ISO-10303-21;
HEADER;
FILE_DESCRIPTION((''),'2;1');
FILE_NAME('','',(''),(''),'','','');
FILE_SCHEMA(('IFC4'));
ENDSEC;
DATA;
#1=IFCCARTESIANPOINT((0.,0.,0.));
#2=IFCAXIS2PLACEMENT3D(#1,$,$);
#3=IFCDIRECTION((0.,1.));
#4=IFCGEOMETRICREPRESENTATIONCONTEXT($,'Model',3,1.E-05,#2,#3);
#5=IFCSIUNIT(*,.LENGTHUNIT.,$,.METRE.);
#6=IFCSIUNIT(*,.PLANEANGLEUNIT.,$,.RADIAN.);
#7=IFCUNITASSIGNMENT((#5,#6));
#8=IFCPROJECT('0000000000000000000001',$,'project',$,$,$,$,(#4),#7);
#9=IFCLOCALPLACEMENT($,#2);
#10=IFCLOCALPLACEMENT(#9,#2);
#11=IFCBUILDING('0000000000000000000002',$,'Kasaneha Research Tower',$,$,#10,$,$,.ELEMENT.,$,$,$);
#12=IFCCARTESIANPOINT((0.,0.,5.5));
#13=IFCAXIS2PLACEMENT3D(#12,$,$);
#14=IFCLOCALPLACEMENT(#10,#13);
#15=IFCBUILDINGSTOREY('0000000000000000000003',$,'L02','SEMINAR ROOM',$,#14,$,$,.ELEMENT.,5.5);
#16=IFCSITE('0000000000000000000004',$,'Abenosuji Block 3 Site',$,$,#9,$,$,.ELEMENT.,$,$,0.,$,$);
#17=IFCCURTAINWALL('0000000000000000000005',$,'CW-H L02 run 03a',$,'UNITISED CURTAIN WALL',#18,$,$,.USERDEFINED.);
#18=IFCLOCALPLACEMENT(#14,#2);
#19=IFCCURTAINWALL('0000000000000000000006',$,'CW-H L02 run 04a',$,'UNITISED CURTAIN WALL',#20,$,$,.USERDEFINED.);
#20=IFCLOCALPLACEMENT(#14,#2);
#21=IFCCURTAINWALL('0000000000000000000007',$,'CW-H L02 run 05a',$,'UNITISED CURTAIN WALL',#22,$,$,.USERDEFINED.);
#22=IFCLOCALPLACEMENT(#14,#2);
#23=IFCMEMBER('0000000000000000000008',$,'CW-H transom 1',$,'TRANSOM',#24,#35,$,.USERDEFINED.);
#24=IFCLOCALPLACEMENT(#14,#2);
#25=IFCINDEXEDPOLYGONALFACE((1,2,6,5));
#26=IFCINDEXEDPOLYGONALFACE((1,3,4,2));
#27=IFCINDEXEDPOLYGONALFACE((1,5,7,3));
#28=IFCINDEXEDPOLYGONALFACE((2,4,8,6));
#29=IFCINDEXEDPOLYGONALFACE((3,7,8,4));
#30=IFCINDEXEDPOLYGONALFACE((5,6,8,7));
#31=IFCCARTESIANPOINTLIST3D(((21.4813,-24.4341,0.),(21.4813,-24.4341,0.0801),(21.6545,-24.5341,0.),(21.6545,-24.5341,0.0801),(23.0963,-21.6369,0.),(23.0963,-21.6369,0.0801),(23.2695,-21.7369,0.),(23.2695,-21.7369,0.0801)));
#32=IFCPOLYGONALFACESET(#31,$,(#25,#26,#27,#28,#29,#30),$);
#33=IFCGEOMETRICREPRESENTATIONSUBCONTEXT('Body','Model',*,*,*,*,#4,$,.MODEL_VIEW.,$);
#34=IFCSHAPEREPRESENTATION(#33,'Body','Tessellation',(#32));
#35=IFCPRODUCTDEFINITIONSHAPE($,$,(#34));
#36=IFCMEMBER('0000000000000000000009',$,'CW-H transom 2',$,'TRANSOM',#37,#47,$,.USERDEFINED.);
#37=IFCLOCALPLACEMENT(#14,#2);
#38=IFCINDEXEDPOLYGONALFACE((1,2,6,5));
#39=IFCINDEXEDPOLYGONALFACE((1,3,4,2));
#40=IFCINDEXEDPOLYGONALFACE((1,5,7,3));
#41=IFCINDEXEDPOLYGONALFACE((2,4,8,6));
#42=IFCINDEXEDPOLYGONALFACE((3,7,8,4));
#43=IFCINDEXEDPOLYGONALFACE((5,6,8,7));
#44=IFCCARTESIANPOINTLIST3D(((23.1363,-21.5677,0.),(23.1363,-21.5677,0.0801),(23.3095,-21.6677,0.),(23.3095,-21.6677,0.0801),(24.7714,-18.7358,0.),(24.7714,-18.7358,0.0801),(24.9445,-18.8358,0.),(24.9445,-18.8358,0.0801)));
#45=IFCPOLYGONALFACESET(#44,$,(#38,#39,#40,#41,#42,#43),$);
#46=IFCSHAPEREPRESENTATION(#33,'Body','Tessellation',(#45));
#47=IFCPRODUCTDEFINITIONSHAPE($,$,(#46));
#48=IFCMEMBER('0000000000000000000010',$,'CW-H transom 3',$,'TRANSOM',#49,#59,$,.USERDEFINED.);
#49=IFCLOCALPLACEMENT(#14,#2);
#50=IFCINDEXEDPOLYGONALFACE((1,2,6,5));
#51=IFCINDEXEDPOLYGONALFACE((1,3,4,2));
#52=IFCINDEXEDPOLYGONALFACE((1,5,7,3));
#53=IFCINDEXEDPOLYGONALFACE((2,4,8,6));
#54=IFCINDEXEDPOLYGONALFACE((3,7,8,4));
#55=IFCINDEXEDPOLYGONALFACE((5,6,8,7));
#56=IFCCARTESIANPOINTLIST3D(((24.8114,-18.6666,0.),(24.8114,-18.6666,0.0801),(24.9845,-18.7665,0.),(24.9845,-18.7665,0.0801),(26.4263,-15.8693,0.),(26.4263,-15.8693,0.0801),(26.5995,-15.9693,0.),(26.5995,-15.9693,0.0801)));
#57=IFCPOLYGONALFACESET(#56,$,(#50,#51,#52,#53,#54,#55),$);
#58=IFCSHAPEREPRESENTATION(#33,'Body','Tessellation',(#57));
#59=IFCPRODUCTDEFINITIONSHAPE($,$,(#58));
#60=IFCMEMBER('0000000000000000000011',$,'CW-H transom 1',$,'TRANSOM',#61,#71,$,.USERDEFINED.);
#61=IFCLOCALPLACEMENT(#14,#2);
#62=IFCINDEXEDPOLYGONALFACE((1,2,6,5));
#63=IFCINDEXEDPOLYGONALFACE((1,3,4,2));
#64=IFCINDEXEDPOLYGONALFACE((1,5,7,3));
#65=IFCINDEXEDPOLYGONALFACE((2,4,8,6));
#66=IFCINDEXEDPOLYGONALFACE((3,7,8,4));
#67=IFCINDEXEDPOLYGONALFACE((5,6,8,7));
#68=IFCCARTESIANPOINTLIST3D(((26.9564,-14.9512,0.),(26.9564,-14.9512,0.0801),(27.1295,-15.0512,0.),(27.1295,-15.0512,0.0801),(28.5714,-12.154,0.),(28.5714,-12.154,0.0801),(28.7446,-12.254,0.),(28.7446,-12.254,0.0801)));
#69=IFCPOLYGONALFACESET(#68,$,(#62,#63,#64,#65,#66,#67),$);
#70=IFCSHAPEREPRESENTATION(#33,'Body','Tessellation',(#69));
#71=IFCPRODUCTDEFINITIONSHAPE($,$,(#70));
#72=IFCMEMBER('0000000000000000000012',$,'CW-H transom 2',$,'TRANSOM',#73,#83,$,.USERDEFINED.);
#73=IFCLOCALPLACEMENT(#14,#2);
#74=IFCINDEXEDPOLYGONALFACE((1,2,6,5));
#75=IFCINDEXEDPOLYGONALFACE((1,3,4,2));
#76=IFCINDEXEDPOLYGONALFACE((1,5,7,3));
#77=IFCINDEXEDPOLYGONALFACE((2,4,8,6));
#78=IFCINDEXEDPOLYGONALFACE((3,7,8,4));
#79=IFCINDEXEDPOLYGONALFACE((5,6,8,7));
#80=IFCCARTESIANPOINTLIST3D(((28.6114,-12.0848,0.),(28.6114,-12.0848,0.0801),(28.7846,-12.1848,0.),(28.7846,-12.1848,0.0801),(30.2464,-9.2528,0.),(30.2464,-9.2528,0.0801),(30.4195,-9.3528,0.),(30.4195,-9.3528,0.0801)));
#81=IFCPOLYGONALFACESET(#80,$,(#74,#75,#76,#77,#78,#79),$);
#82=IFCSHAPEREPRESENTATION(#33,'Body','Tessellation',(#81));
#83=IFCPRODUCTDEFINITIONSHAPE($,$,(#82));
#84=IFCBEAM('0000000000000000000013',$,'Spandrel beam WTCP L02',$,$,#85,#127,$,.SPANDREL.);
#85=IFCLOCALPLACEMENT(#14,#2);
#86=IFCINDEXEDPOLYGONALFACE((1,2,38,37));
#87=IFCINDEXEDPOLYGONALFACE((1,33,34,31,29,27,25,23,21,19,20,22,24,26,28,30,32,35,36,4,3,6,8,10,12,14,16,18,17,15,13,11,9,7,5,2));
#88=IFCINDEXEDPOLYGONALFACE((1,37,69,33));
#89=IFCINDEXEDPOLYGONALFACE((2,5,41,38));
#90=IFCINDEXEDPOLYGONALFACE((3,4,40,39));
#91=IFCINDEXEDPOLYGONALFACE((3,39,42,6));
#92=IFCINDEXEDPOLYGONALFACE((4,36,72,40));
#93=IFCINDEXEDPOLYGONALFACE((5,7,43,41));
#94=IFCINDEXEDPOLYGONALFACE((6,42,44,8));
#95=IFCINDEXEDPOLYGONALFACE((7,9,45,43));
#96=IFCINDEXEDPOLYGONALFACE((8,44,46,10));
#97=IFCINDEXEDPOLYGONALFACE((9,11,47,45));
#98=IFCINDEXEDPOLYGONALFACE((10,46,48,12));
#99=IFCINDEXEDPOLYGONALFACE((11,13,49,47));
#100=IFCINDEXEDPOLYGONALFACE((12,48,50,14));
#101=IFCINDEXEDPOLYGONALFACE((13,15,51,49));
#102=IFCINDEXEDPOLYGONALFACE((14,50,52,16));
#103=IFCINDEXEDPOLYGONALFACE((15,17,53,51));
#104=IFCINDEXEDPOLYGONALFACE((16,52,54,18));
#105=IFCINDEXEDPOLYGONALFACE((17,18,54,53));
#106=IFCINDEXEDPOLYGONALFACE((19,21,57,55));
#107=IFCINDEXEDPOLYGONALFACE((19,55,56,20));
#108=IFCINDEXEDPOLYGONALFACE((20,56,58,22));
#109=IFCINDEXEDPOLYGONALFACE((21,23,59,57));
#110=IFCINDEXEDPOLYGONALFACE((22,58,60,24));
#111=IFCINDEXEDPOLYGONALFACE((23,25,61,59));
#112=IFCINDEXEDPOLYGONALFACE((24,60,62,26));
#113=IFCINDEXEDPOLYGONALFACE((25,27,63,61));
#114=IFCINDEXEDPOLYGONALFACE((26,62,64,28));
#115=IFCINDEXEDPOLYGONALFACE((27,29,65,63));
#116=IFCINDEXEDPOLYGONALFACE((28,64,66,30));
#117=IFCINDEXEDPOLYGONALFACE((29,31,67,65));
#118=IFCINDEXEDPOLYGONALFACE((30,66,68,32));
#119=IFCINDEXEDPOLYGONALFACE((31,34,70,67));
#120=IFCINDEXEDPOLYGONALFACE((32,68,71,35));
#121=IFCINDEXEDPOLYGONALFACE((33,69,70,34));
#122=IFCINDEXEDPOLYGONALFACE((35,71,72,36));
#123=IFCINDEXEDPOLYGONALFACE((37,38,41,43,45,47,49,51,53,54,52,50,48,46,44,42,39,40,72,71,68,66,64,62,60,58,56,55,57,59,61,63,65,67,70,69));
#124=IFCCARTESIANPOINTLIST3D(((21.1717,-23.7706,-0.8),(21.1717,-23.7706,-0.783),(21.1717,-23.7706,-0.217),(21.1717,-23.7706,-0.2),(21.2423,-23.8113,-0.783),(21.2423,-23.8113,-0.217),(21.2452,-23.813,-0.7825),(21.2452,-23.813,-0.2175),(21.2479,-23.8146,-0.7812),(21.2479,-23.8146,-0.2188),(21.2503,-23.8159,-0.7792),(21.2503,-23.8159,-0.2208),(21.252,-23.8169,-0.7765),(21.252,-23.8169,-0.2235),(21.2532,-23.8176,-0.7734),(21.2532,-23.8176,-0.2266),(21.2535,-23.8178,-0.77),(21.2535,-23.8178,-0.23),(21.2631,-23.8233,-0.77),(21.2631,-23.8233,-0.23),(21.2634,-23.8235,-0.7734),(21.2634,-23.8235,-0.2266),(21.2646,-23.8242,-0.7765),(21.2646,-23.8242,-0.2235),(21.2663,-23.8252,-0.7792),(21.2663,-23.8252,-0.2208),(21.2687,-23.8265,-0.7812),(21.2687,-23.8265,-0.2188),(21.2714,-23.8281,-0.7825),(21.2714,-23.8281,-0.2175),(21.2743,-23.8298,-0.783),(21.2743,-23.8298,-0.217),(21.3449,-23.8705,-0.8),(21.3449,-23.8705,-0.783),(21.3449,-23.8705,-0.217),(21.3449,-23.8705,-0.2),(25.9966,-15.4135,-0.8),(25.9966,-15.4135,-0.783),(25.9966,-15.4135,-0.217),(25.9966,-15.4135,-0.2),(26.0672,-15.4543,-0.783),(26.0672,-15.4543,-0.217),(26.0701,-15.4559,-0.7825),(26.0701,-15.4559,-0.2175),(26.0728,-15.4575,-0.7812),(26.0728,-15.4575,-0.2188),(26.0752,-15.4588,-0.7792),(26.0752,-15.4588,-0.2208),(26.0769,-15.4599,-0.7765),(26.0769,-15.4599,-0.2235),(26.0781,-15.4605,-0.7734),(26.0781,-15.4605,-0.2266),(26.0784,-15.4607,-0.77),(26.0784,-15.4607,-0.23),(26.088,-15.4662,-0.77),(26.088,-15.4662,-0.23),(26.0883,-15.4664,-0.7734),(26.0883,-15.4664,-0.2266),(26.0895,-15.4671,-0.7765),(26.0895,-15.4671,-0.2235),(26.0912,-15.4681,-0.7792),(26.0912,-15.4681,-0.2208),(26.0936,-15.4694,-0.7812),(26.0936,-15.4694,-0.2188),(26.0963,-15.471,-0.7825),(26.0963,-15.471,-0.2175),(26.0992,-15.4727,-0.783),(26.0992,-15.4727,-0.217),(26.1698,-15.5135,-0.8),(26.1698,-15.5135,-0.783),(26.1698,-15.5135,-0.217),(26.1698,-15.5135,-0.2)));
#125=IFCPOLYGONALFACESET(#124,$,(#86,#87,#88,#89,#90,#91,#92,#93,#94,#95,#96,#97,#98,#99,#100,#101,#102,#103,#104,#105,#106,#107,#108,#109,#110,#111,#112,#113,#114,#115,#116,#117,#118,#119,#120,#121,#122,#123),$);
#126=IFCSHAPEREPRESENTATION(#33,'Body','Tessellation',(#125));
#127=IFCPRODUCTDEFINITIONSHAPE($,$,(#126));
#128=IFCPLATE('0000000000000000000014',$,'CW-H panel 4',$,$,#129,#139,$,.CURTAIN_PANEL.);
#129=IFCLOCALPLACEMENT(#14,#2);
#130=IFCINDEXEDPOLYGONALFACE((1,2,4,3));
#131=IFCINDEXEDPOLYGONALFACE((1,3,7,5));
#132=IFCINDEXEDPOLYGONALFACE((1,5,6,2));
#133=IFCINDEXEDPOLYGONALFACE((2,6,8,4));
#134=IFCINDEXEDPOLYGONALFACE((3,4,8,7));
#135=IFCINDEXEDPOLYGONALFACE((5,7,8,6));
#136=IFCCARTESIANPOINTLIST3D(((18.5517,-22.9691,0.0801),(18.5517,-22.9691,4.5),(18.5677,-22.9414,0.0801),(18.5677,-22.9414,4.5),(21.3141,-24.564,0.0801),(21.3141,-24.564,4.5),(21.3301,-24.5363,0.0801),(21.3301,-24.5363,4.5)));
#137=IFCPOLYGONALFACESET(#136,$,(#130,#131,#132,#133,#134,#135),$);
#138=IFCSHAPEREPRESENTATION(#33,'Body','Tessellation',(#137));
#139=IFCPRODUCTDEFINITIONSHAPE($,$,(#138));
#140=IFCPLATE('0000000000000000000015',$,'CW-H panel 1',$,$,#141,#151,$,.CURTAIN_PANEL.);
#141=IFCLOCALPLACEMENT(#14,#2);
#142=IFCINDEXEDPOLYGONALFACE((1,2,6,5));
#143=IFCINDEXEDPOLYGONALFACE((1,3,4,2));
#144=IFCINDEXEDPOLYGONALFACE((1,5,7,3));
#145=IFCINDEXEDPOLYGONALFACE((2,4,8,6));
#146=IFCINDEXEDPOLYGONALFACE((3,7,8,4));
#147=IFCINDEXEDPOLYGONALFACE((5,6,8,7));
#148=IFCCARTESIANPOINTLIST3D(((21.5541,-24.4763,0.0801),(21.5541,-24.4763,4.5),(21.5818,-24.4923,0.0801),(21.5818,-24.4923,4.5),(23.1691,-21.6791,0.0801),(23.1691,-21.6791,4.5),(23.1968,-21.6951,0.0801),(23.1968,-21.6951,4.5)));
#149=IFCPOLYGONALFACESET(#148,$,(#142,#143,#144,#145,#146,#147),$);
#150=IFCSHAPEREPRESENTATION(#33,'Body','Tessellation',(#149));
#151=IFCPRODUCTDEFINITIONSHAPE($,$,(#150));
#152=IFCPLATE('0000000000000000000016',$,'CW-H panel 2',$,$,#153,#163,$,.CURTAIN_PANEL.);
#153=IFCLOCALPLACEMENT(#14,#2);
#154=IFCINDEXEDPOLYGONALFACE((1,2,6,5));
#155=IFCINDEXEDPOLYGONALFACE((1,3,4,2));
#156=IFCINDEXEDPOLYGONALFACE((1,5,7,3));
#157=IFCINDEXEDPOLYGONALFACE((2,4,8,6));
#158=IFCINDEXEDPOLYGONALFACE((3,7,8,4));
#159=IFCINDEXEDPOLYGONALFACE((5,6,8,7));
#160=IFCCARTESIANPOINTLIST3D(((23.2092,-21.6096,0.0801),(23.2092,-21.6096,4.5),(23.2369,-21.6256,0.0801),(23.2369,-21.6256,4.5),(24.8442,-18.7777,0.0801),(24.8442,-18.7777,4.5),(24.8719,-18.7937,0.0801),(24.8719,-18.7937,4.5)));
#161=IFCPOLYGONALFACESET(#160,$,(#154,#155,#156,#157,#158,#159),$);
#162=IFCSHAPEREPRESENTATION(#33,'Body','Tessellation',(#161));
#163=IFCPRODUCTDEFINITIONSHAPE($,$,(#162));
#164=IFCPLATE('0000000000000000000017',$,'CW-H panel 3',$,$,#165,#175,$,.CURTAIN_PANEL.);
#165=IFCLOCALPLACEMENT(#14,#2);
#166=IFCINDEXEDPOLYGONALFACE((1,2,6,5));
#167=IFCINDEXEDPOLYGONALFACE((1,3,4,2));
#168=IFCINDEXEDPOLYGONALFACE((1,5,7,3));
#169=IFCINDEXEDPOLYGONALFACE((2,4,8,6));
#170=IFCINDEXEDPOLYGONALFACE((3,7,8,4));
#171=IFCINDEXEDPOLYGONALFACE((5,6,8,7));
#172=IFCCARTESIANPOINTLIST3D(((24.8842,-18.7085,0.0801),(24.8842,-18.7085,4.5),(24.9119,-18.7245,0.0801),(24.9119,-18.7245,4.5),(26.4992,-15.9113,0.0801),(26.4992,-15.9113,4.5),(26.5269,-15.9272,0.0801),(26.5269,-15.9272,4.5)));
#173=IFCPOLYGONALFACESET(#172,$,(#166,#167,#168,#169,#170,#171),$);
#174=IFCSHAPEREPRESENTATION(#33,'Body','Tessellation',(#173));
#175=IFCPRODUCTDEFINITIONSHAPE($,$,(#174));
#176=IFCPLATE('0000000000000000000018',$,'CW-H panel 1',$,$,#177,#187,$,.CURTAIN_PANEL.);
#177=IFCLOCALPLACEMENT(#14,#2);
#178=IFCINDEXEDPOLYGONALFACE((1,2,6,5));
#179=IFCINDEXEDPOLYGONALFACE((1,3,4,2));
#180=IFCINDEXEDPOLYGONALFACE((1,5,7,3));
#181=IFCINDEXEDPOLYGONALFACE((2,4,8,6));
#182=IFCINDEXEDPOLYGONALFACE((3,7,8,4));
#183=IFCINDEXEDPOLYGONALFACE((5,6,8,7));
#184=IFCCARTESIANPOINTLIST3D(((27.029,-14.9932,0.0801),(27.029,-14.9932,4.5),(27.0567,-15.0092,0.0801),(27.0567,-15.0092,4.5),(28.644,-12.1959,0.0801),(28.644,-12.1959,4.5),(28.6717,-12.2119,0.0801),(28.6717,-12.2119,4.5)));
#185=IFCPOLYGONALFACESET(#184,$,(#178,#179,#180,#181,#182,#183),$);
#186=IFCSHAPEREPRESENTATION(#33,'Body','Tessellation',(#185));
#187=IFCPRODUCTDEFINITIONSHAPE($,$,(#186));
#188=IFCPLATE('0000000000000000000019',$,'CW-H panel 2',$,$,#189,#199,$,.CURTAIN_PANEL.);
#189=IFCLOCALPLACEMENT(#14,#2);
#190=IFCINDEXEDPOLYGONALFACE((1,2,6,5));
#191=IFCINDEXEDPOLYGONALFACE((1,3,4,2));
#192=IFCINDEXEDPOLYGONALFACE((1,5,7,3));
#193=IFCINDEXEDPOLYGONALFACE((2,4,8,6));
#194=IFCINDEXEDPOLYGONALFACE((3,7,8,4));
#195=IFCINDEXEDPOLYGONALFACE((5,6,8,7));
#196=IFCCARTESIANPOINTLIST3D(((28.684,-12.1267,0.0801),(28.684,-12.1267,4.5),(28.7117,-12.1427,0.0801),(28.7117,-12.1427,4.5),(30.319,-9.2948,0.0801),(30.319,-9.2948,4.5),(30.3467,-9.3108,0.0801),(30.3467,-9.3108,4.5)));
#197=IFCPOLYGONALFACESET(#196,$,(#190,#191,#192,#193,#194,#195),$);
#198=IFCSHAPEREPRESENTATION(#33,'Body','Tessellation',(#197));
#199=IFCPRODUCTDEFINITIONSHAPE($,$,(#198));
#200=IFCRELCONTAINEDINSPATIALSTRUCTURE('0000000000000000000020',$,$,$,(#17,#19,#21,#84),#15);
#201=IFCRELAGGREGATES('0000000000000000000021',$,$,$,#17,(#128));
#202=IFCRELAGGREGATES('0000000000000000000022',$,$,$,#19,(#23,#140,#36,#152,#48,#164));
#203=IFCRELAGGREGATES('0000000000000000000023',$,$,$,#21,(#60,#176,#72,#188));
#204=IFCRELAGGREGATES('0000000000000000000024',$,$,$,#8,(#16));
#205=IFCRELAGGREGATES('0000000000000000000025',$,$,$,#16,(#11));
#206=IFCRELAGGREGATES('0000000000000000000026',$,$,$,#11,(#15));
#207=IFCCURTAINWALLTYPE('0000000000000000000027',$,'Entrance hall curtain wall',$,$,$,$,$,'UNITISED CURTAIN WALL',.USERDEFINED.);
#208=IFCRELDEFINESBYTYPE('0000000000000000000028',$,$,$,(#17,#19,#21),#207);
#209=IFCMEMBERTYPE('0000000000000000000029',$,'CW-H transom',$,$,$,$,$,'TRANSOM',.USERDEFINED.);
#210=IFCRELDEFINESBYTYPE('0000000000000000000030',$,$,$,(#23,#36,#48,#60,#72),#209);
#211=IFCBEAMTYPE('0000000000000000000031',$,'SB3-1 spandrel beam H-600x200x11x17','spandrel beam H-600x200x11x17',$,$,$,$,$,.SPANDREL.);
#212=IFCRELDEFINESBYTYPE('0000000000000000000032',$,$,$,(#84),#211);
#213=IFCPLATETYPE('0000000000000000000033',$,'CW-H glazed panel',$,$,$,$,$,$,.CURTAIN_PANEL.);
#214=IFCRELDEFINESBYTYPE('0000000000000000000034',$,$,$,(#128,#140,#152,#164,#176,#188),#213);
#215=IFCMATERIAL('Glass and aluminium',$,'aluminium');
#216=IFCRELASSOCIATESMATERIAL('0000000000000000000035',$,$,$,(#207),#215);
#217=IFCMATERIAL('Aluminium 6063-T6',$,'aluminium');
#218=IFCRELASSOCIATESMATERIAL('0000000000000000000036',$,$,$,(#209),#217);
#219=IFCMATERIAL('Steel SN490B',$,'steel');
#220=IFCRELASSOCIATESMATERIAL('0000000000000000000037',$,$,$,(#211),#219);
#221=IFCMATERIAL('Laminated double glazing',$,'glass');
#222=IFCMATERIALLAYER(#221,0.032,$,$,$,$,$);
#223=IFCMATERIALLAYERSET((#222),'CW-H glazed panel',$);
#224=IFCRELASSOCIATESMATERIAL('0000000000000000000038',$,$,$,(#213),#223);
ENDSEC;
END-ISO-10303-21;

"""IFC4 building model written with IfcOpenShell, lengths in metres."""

from ifc_helpers import new_model, si_unit, direction, frame, origin, origin_2d, place, context, subcontext, project, spatial, rectangle, i_section, extrude, material, layer, layer_set, material_profile, profile_set, type_object, element, aggregate, save


model = new_model("IFC4")

# Units and contexts
model_context = context("Model", 3, precision=1e-05, world=origin(), true_north=direction((0.0, 1.0)))
body_context = subcontext(model_context, "Body", "Model", "MODEL_VIEW")
ifc_project = project(units=[si_unit("LENGTHUNIT", "METRE"), si_unit("PLANEANGLEUNIT", "RADIAN")], contexts=[model_context])

# Site, building, storey
site_placement = place(None, origin())
site = spatial("IfcSite", under=ifc_project, at=site_placement, Name="Abenosuji Block 3 Site", CompositionType="ELEMENT", RefElevation=0.0)
building_placement = place(site_placement, origin())
building = spatial("IfcBuilding", under=site, at=building_placement, Name="Kasaneha Research Tower", CompositionType="ELEMENT")
storey_placement = place(building_placement, frame((0.0, 0.0, 5.5)))
storey = spatial("IfcBuildingStorey", under=building, at=storey_placement, Name="L02", Description="SEMINAR ROOM", CompositionType="ELEMENT", Elevation=5.5)

# Curtain walls
ifc_material_1 = material(Name="Glass and aluminium", Category="aluminium")
curtain_wall_type = type_object("IfcCurtainWallType", Name="Entrance hall curtain wall", ElementType="UNITISED CURTAIN WALL", PredefinedType="USERDEFINED", material=ifc_material_1)
curtain_wall_1_placement = place(storey_placement, origin())
curtain_wall_1 = element("IfcCurtainWall", 1, at=curtain_wall_1_placement, inside=storey, type_object=curtain_wall_type, Name="CW-H L02 run 03a", ObjectType="UNITISED CURTAIN WALL", PredefinedType="USERDEFINED")
curtain_wall_2_placement = place(storey_placement, origin())
curtain_wall_2 = element("IfcCurtainWall", 2, at=curtain_wall_2_placement, inside=storey, type_object=curtain_wall_type, Name="CW-H L02 run 04a", ObjectType="UNITISED CURTAIN WALL", PredefinedType="USERDEFINED")
curtain_wall_3_placement = place(storey_placement, origin())
curtain_wall_3 = element("IfcCurtainWall", 3, at=curtain_wall_3_placement, inside=storey, type_object=curtain_wall_type, Name="CW-H L02 run 05a", ObjectType="UNITISED CURTAIN WALL", PredefinedType="USERDEFINED")

# Members
ifc_material_2 = material(Name="Aluminium 6063-T6", Category="aluminium")
ifc_material_profile_1 = material_profile(ifc_material_2, rectangle(XDim=0.2, YDim=0.0801, at=origin_2d()), Name="CW-H transom 200x80")
ifc_profile_set_1 = profile_set([ifc_material_profile_1], Name="Aluminium 6063-T6")
member_type_1 = type_object("IfcMemberType", Name="CW-H transom", ElementType="TRANSOM", PredefinedType="USERDEFINED", material=ifc_profile_set_1)
member_1_placement = place(storey_placement, frame((21.5679, -24.4841, 0.04), z_axis=(0.500017, 0.866016, 0.0), x_axis=(-0.866016, 0.500017, 0.0)))
member_1 = element("IfcMember", 4, at=member_1_placement, type_object=member_type_1, Name="CW-H transom 1", ObjectType="TRANSOM", PredefinedType="USERDEFINED", context=body_context, shape_type="SweptSolid", body=[
    extrude(rectangle(XDim=0.2, YDim=0.0801, at=origin_2d()), origin(), (0.0, 0.0, 1.0), 3.23),
])
member_2_placement = place(storey_placement, frame((23.2229, -21.6177, 0.04), z_axis=(0.500018, 0.866015, 0.0), x_axis=(-0.866015, 0.500018, 0.0)))
member_2 = element("IfcMember", 5, at=member_2_placement, type_object=member_type_1, Name="CW-H transom 2", ObjectType="TRANSOM", PredefinedType="USERDEFINED", context=body_context, shape_type="SweptSolid", body=[
    extrude(rectangle(XDim=0.2, YDim=0.0801, at=origin_2d()), origin(), (0.0, 0.0, 1.0), 3.27),
])
member_3_placement = place(storey_placement, frame((24.8979, -18.7166, 0.04), z_axis=(0.499984, 0.866035, 0.0), x_axis=(-0.866035, 0.499984, 0.0)))
member_3 = element("IfcMember", 6, at=member_3_placement, type_object=member_type_1, Name="CW-H transom 3", ObjectType="TRANSOM", PredefinedType="USERDEFINED", context=body_context, shape_type="SweptSolid", body=[
    extrude(rectangle(XDim=0.2, YDim=0.0801, at=origin_2d()), origin(), (0.0, 0.0, 1.0), 3.23),
])
member_4_placement = place(storey_placement, frame((27.043, -15.0012, 0.04), z_axis=(0.500017, 0.866016, 0.0), x_axis=(-0.866016, 0.500017, 0.0)))
member_4 = element("IfcMember", 7, at=member_4_placement, type_object=member_type_1, Name="CW-H transom 1", ObjectType="TRANSOM", PredefinedType="USERDEFINED", context=body_context, shape_type="SweptSolid", body=[
    extrude(rectangle(XDim=0.2, YDim=0.0801, at=origin_2d()), origin(), (0.0, 0.0, 1.0), 3.23),
])
member_5_placement = place(storey_placement, frame((28.698, -12.1348, 0.04), z_axis=(0.499985, 0.866034, 0.0), x_axis=(-0.866034, 0.499985, 0.0)))
member_5 = element("IfcMember", 8, at=member_5_placement, type_object=member_type_1, Name="CW-H transom 2", ObjectType="TRANSOM", PredefinedType="USERDEFINED", context=body_context, shape_type="SweptSolid", body=[
    extrude(rectangle(XDim=0.2, YDim=0.0801, at=origin_2d()), origin(), (0.0, 0.0, 1.0), 3.27),
])

# Beam
ifc_material_3 = material(Name="Steel SN490B", Category="steel")
ifc_material_profile_2 = material_profile(ifc_material_3, i_section(OverallWidth=0.2, OverallDepth=0.6001, WebThickness=0.011, FlangeThickness=0.0171, FilletRadius=0.0129, at=origin_2d()), Name="H-600x200x11x17")
ifc_profile_set_2 = profile_set([ifc_material_profile_2], Name="Steel SN490B")
beam_type_1 = type_object("IfcBeamType", Name="SB3-1 spandrel beam H-600x200x11x17", Description="spandrel beam H-600x200x11x17", PredefinedType="SPANDREL", material=ifc_profile_set_2)
beam_1_placement = place(storey_placement, frame((21.2583, -23.8206, -0.5), z_axis=(0.499995, 0.866028, 0.0), x_axis=(-0.866028, 0.499995, 0.0)))
element("IfcBeam", 9, at=beam_1_placement, inside=storey, type_object=beam_type_1, Name="Spandrel beam WTCP L02", PredefinedType="SPANDREL", context=body_context, shape_type="SweptSolid", body=[
    extrude(i_section(OverallWidth=0.2, OverallDepth=0.6001, WebThickness=0.011, FlangeThickness=0.0171, FilletRadius=0.0129, at=origin_2d()), origin(), (0.0, 0.0, 1.0), 9.6499),
])

# Plates
ifc_material_4 = material(Name="Laminated double glazing", Category="glass")
ifc_layer_1 = layer(ifc_material_4, 0.032)
ifc_layer_set_1 = layer_set([ifc_layer_1], Name="CW-H glazed panel")
plate_type = type_object("IfcPlateType", Name="CW-H glazed panel", PredefinedType="CURTAIN_PANEL", material=ifc_layer_set_1)
plate_1_placement = place(storey_placement, frame((19.9409, -23.7527, 0.0801), z_axis=(0.0, 0.0, 1.0), x_axis=(0.866025, -0.5, 0.0)))
plate_1 = element("IfcPlate", 10, at=plate_1_placement, type_object=plate_type, Name="CW-H panel 4", PredefinedType="CURTAIN_PANEL", context=body_context, shape_type="SweptSolid", body=[
    extrude(rectangle(XDim=3.1897, YDim=0.032, at=origin_2d()), origin(), (0.0, 0.0, 1.0), 4.4199),
])
aggregate(curtain_wall_1, [plate_1])
plate_2_placement = place(storey_placement, frame((22.3755, -23.0857, 0.0801), z_axis=(0.0, 0.0, 1.0), x_axis=(0.5, 0.866025, 0.0)))
plate_2 = element("IfcPlate", 11, at=plate_2_placement, type_object=plate_type, Name="CW-H panel 1", PredefinedType="CURTAIN_PANEL", context=body_context, shape_type="SweptSolid", body=[
    extrude(rectangle(XDim=3.23, YDim=0.032, at=origin_2d()), origin(), (0.0, 0.0, 1.0), 4.4199),
])
plate_3_placement = place(storey_placement, frame((24.0405, -20.2017, 0.0801), z_axis=(0.0, 0.0, 1.0), x_axis=(0.5, 0.866025, 0.0)))
plate_3 = element("IfcPlate", 12, at=plate_3_placement, type_object=plate_type, Name="CW-H panel 2", PredefinedType="CURTAIN_PANEL", context=body_context, shape_type="SweptSolid", body=[
    extrude(rectangle(XDim=3.27, YDim=0.032, at=origin_2d()), origin(), (0.0, 0.0, 1.0), 4.4199),
])
plate_4_placement = place(storey_placement, frame((25.7056, -17.3179, 0.0801), z_axis=(0.0, 0.0, 1.0), x_axis=(0.5, 0.866025, 0.0)))
plate_4 = element("IfcPlate", 13, at=plate_4_placement, type_object=plate_type, Name="CW-H panel 3", PredefinedType="CURTAIN_PANEL", context=body_context, shape_type="SweptSolid", body=[
    extrude(rectangle(XDim=3.23, YDim=0.032, at=origin_2d()), origin(), (0.0, 0.0, 1.0), 4.4199),
])
aggregate(curtain_wall_2, [member_1, plate_2, member_2, plate_3, member_3, plate_4])
plate_5_placement = place(storey_placement, frame((27.8503, -13.6025, 0.0801), z_axis=(0.0, 0.0, 1.0), x_axis=(0.5, 0.866025, 0.0)))
plate_5 = element("IfcPlate", 14, at=plate_5_placement, type_object=plate_type, Name="CW-H panel 1", PredefinedType="CURTAIN_PANEL", context=body_context, shape_type="SweptSolid", body=[
    extrude(rectangle(XDim=3.23, YDim=0.032, at=origin_2d()), origin(), (0.0, 0.0, 1.0), 4.4199),
])
plate_6_placement = place(storey_placement, frame((29.5154, -10.7188, 0.0801), z_axis=(0.0, 0.0, 1.0), x_axis=(0.5, 0.866025, 0.0)))
plate_6 = element("IfcPlate", 15, at=plate_6_placement, type_object=plate_type, Name="CW-H panel 2", PredefinedType="CURTAIN_PANEL", context=body_context, shape_type="SweptSolid", body=[
    extrude(rectangle(XDim=3.27, YDim=0.032, at=origin_2d()), origin(), (0.0, 0.0, 1.0), 4.4199),
])
aggregate(curtain_wall_3, [member_4, plate_5, member_5, plate_6])

save(model, "model.ifc")
